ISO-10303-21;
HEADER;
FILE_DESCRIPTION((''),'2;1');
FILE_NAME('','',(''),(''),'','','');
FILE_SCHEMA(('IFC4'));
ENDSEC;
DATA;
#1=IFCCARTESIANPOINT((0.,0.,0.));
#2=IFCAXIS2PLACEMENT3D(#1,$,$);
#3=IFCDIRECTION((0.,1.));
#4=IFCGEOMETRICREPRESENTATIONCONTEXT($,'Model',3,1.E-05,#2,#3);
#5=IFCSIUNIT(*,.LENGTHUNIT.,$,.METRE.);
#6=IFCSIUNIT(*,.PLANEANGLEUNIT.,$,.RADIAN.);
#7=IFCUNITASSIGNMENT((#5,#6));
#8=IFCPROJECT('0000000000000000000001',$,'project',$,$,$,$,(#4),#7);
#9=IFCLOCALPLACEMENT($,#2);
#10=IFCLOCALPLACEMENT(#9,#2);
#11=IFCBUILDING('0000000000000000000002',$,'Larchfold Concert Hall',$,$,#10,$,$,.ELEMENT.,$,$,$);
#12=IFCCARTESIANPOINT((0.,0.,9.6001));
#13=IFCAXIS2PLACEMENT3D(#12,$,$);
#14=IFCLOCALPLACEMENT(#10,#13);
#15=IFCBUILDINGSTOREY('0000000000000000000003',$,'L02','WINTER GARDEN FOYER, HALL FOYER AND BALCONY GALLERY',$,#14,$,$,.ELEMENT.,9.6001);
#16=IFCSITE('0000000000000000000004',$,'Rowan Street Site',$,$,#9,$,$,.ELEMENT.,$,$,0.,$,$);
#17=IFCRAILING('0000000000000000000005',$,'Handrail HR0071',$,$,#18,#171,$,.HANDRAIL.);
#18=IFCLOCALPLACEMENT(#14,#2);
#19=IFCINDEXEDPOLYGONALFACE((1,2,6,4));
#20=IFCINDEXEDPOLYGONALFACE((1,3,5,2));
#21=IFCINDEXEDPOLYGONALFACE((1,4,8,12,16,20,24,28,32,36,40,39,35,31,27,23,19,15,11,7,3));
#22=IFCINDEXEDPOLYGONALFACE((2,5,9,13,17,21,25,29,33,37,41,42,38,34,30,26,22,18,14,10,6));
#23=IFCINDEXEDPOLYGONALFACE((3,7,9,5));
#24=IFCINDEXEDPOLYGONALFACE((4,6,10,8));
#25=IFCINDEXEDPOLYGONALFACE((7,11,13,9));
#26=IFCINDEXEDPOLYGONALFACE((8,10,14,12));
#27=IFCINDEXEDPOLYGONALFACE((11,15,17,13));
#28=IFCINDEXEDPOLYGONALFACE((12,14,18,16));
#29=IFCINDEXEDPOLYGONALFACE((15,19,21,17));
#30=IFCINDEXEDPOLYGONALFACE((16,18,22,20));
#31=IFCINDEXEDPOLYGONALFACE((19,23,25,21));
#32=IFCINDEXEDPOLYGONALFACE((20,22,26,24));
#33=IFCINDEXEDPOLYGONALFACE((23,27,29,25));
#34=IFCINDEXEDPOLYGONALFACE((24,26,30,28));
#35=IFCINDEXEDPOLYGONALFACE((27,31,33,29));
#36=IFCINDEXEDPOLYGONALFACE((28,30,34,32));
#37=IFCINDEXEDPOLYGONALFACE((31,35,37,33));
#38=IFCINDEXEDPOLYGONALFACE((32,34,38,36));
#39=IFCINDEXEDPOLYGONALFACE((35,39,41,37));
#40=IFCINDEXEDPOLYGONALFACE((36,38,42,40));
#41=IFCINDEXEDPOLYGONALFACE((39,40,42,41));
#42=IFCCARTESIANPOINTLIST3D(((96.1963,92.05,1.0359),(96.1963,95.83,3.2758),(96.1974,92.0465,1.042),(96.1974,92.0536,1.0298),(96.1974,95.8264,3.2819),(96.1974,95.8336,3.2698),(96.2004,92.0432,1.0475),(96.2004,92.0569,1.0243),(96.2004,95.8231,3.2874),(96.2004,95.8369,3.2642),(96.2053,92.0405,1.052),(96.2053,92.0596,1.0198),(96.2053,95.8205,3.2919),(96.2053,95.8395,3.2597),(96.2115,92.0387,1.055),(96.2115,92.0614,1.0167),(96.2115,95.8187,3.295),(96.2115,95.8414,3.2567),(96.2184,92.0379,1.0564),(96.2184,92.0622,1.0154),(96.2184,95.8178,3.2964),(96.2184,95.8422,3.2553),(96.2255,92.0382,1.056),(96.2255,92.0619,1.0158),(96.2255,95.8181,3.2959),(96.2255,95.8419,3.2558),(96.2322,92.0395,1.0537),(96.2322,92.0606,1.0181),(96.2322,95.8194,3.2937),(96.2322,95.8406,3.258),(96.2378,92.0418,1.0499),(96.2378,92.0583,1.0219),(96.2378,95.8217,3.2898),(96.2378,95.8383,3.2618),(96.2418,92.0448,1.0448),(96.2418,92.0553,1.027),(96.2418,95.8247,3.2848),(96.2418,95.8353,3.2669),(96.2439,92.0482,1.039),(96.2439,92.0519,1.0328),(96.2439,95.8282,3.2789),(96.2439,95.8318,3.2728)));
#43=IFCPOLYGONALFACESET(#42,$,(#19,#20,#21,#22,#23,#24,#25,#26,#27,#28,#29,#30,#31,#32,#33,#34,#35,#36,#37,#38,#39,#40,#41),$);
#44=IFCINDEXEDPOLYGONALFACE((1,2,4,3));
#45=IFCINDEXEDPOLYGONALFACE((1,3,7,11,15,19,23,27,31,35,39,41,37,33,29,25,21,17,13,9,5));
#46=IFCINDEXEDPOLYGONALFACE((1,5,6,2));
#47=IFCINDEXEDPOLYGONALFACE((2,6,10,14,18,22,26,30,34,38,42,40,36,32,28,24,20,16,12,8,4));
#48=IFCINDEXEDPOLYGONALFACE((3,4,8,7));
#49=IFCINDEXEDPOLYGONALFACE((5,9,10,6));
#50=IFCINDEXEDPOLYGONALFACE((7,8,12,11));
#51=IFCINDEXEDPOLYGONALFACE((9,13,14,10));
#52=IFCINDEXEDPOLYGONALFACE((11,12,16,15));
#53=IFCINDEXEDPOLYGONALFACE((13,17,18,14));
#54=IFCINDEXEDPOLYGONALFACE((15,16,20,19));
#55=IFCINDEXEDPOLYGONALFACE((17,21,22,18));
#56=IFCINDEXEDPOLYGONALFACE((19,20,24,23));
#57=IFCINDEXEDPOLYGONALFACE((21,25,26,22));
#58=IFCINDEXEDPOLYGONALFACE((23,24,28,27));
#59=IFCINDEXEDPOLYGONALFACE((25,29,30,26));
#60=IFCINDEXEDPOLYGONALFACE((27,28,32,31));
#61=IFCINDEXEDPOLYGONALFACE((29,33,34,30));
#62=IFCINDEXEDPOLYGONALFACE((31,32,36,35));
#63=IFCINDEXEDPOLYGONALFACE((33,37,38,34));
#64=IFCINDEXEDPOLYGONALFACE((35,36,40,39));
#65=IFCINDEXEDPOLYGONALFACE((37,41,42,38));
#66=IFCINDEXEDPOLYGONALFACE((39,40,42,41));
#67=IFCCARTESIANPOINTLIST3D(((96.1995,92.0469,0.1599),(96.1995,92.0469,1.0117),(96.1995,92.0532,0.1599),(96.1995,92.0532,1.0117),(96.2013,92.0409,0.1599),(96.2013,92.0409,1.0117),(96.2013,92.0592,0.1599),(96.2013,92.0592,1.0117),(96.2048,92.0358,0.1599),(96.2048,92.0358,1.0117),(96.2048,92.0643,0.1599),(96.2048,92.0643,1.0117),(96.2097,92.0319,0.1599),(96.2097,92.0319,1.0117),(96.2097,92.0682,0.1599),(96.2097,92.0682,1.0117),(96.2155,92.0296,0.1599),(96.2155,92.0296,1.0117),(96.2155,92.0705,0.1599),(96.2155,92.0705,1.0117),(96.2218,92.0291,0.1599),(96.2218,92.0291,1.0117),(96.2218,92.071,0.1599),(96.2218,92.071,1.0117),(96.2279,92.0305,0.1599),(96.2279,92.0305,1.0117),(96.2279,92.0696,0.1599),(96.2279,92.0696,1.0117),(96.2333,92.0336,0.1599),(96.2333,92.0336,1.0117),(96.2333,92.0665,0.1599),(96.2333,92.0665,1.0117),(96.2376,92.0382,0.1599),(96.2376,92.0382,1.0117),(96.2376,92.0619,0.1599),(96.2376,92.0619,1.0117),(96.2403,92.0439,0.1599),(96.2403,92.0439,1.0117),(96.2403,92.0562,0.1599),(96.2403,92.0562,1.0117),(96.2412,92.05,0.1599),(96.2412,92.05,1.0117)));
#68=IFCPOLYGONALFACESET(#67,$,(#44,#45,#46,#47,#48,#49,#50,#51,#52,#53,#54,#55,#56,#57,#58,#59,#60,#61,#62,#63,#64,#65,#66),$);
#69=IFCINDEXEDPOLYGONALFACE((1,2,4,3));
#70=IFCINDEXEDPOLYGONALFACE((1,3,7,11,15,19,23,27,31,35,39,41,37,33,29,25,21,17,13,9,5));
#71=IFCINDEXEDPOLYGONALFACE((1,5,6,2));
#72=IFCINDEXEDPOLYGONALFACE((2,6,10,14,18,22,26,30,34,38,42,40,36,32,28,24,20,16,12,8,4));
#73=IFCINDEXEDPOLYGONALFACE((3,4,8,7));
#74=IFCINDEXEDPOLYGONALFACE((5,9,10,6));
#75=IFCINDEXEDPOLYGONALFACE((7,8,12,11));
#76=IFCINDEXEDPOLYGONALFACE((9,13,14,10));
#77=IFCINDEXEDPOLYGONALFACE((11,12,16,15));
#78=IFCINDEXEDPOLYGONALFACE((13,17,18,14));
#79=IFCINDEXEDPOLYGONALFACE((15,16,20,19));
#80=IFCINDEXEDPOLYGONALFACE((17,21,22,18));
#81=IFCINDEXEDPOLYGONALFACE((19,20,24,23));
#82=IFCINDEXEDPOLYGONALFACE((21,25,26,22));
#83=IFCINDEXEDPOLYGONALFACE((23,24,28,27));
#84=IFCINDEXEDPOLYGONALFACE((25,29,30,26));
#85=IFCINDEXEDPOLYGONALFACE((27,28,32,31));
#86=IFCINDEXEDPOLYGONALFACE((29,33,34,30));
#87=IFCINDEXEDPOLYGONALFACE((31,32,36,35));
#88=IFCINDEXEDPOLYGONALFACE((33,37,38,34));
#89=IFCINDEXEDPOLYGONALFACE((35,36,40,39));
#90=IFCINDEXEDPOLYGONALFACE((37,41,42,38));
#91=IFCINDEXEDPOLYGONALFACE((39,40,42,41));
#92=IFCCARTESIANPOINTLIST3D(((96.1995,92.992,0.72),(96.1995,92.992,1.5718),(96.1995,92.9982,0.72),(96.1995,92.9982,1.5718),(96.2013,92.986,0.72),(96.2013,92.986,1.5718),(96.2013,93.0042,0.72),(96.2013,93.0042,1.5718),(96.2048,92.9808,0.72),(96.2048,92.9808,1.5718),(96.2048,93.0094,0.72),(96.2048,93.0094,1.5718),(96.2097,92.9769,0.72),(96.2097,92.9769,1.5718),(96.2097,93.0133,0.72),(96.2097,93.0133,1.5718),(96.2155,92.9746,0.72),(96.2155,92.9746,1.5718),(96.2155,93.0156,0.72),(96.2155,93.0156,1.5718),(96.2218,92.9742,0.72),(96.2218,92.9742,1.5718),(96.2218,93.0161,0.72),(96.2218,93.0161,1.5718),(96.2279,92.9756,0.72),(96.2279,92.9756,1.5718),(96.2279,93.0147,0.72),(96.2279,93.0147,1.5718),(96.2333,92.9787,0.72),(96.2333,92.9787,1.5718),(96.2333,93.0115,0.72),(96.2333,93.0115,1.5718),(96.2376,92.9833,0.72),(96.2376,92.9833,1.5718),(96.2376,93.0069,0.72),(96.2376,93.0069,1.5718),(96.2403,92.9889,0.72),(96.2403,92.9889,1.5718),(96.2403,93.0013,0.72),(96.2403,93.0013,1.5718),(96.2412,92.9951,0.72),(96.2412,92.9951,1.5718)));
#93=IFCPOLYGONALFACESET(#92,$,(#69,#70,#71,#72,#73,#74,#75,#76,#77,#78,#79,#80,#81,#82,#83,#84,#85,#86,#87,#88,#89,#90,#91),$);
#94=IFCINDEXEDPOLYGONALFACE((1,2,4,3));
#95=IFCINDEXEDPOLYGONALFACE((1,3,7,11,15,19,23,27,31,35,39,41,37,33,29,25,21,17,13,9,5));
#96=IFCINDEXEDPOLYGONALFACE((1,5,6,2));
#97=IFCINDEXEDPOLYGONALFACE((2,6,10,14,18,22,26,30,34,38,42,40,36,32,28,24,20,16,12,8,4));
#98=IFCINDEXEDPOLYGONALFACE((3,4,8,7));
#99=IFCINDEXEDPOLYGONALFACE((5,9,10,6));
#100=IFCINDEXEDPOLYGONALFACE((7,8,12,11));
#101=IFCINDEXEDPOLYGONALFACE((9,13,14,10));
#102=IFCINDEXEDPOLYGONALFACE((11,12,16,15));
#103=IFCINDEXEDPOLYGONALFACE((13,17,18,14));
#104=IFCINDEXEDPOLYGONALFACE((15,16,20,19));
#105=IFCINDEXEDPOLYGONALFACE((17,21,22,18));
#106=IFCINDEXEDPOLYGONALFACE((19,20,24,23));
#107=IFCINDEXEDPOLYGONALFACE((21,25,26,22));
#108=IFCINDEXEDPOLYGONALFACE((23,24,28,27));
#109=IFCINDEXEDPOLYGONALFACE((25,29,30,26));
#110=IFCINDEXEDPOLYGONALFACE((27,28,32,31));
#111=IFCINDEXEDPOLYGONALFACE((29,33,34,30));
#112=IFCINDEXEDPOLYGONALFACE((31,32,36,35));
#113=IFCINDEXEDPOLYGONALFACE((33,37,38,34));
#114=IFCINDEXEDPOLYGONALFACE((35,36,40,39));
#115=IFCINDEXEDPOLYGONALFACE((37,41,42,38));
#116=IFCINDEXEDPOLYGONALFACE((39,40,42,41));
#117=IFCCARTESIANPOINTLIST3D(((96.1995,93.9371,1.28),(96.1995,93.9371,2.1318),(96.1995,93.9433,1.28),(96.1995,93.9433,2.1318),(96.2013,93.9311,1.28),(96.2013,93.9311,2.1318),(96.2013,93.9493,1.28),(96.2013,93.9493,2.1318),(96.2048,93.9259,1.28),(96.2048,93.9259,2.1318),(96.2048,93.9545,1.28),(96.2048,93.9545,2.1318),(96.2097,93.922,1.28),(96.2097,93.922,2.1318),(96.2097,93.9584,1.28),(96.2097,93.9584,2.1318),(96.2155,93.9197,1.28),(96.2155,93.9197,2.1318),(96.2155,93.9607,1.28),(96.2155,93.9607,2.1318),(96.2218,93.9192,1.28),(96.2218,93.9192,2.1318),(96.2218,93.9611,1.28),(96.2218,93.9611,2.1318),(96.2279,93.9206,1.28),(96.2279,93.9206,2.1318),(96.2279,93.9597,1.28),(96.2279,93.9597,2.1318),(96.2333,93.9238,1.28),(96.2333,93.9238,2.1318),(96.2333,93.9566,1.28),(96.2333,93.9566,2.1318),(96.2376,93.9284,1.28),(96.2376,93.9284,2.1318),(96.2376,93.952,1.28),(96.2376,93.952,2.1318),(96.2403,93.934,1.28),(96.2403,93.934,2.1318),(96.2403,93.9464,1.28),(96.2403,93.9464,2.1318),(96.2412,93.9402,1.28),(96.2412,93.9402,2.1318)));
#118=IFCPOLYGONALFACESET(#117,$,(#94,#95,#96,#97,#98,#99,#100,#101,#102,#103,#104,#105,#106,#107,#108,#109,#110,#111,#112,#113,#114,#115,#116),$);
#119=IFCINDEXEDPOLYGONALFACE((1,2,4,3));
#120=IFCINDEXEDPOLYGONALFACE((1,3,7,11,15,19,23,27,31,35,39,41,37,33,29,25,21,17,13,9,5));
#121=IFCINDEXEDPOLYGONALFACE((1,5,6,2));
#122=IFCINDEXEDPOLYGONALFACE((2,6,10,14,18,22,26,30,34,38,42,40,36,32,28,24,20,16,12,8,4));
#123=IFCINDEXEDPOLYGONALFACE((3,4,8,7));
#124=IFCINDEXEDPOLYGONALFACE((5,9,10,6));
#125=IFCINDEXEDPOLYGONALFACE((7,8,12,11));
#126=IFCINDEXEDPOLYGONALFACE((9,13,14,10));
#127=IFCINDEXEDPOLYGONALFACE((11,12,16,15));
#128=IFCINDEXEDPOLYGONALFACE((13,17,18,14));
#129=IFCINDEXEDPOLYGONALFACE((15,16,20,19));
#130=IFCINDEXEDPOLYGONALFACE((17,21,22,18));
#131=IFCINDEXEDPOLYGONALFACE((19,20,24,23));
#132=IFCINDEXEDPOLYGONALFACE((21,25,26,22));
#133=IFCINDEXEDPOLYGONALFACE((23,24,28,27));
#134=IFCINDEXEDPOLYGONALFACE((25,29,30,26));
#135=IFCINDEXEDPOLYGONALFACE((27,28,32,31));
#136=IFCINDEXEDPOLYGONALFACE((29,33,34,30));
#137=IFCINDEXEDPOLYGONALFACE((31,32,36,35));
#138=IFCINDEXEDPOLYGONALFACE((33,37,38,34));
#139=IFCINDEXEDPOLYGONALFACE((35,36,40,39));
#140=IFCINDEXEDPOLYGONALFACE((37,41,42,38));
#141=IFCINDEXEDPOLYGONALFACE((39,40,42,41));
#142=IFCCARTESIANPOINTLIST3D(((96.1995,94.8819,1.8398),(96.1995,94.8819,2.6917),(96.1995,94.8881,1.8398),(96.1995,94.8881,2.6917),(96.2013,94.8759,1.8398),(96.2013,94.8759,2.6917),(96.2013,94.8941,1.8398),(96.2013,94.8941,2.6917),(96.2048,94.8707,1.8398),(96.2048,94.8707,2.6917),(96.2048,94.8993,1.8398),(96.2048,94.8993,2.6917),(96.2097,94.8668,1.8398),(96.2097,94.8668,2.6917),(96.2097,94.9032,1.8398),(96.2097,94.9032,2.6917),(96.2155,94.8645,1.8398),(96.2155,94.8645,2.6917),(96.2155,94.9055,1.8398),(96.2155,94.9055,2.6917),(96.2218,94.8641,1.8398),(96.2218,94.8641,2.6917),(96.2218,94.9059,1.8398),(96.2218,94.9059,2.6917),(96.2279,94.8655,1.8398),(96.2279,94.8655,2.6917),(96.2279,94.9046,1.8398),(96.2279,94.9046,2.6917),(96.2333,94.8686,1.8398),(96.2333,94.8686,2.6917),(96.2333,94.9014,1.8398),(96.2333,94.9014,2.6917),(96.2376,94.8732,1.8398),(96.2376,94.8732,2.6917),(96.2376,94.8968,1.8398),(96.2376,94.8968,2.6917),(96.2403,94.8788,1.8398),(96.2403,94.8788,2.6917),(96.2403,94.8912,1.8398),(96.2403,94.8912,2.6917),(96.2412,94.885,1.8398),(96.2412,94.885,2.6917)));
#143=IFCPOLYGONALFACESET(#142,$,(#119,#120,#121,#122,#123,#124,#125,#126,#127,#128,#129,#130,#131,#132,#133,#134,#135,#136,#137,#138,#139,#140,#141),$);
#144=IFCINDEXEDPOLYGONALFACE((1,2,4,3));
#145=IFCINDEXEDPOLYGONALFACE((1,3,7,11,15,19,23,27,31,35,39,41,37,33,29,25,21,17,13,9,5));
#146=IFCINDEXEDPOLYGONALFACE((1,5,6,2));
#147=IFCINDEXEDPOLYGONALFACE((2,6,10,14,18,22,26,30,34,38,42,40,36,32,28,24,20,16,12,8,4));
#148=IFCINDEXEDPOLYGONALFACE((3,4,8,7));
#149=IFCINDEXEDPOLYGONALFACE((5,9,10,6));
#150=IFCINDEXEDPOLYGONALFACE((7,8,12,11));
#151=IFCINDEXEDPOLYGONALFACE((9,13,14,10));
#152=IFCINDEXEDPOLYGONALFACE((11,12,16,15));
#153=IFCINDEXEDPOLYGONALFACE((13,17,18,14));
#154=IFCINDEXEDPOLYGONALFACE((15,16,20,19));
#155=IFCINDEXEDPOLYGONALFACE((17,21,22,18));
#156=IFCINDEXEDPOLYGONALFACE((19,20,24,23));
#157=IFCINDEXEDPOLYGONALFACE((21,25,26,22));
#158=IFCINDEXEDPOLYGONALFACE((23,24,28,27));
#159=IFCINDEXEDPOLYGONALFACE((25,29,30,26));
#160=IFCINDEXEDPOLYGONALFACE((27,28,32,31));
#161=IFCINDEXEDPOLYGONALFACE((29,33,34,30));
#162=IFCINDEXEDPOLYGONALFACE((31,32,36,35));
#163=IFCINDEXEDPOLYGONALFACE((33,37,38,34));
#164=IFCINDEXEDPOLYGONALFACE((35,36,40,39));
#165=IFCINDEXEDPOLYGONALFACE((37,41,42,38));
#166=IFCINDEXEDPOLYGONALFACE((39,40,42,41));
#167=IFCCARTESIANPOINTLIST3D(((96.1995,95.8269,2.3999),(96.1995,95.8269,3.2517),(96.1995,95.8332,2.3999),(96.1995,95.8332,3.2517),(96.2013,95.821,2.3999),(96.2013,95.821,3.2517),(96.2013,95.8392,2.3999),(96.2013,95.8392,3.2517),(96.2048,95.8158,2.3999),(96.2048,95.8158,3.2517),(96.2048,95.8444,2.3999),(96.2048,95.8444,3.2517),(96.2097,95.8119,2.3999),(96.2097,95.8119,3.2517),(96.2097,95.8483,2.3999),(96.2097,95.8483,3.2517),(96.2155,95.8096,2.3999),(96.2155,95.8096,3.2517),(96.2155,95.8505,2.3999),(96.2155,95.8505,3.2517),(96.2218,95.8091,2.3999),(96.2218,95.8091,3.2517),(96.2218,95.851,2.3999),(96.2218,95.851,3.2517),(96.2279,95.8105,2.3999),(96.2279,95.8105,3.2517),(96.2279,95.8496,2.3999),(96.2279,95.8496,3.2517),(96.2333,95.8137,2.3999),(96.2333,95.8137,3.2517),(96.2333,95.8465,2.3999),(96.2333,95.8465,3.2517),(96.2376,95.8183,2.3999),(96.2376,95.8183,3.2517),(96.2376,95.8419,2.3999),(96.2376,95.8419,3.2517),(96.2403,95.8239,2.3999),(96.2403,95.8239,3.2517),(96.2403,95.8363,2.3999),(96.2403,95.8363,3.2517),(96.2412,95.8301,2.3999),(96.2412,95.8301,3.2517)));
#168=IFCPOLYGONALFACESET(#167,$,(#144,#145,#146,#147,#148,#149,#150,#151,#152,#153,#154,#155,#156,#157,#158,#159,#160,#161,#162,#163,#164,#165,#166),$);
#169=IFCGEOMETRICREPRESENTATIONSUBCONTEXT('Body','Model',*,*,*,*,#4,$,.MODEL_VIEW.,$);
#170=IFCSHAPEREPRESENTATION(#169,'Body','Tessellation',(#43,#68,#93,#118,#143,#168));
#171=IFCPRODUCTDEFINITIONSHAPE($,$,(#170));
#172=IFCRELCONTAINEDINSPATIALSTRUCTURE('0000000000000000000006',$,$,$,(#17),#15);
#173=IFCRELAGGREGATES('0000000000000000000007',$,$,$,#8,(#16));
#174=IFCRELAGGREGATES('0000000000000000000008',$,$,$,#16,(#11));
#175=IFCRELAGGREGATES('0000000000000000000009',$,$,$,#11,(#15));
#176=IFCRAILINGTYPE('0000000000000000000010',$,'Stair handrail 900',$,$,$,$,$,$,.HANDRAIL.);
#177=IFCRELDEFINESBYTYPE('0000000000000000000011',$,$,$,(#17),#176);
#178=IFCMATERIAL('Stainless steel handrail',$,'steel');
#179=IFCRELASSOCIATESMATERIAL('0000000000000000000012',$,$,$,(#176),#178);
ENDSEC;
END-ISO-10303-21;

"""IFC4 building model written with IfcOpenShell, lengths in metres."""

from ifc_helpers import new_model, si_unit, direction, frame, origin, origin_2d, place, context, subcontext, project, spatial, circle, extrude, material, type_object, element, save


model = new_model("IFC4")

# Units and contexts
model_context = context("Model", 3, precision=1e-05, world=origin(), true_north=direction((0.0, 1.0)))
body_context = subcontext(model_context, "Body", "Model", "MODEL_VIEW")
ifc_project = project(units=[si_unit("LENGTHUNIT", "METRE"), si_unit("PLANEANGLEUNIT", "RADIAN")], contexts=[model_context])

# Site, building, storey
site_placement = place(None, origin())
site = spatial("IfcSite", under=ifc_project, at=site_placement, Name="Rowan Street Site", CompositionType="ELEMENT", RefElevation=0.0)
building_placement = place(site_placement, origin())
building = spatial("IfcBuilding", under=site, at=building_placement, Name="Larchfold Concert Hall", CompositionType="ELEMENT")
storey_placement = place(building_placement, frame((0.0, 0.0, 9.6001)))
storey = spatial("IfcBuildingStorey", under=building, at=storey_placement, Name="L02", Description="WINTER GARDEN FOYER, HALL FOYER AND BALCONY GALLERY", CompositionType="ELEMENT", Elevation=9.6001)

# Railing
ifc_material_1 = material(Name="Stainless steel handrail", Category="steel")
railing_type_1 = type_object("IfcRailingType", Name="Stair handrail 900", PredefinedType="HANDRAIL", material=ifc_material_1)
railing_1_placement = place(storey_placement, frame((96.2202, 92.05, 0.1599)))
element("IfcRailing", 1, at=railing_1_placement, inside=storey, type_object=railing_type_1, Name="Handrail HR0071", PredefinedType="HANDRAIL", context=body_context, shape_type="SweptSolid", body=[
    extrude(circle(Radius=0.0239, at=origin_2d()), frame((0.0, 0.0, 0.876), z_axis=(0.0, 0.860294, 0.509798), x_axis=(-1.0, 0.0, 0.0)), (0.0, 0.0, 1.0), 4.3938),
    extrude(circle(Radius=0.021, at=origin_2d()), origin(), (0.0, 0.0, 1.0), 0.8518),
    extrude(circle(Radius=0.021, at=origin_2d()), frame((0.0, 0.9451, 0.5601)), (0.0, 0.0, 1.0), 0.8518),
    extrude(circle(Radius=0.021, at=origin_2d()), frame((0.0, 1.8901, 1.1201)), (0.0, 0.0, 1.0), 0.8518),
    extrude(circle(Radius=0.021, at=origin_2d()), frame((0.0, 2.835, 1.6799)), (0.0, 0.0, 1.0), 0.8518),
    extrude(circle(Radius=0.021, at=origin_2d()), frame((0.0, 3.78, 2.24)), (0.0, 0.0, 1.0), 0.8518),
])

save(model, "model.ifc")
